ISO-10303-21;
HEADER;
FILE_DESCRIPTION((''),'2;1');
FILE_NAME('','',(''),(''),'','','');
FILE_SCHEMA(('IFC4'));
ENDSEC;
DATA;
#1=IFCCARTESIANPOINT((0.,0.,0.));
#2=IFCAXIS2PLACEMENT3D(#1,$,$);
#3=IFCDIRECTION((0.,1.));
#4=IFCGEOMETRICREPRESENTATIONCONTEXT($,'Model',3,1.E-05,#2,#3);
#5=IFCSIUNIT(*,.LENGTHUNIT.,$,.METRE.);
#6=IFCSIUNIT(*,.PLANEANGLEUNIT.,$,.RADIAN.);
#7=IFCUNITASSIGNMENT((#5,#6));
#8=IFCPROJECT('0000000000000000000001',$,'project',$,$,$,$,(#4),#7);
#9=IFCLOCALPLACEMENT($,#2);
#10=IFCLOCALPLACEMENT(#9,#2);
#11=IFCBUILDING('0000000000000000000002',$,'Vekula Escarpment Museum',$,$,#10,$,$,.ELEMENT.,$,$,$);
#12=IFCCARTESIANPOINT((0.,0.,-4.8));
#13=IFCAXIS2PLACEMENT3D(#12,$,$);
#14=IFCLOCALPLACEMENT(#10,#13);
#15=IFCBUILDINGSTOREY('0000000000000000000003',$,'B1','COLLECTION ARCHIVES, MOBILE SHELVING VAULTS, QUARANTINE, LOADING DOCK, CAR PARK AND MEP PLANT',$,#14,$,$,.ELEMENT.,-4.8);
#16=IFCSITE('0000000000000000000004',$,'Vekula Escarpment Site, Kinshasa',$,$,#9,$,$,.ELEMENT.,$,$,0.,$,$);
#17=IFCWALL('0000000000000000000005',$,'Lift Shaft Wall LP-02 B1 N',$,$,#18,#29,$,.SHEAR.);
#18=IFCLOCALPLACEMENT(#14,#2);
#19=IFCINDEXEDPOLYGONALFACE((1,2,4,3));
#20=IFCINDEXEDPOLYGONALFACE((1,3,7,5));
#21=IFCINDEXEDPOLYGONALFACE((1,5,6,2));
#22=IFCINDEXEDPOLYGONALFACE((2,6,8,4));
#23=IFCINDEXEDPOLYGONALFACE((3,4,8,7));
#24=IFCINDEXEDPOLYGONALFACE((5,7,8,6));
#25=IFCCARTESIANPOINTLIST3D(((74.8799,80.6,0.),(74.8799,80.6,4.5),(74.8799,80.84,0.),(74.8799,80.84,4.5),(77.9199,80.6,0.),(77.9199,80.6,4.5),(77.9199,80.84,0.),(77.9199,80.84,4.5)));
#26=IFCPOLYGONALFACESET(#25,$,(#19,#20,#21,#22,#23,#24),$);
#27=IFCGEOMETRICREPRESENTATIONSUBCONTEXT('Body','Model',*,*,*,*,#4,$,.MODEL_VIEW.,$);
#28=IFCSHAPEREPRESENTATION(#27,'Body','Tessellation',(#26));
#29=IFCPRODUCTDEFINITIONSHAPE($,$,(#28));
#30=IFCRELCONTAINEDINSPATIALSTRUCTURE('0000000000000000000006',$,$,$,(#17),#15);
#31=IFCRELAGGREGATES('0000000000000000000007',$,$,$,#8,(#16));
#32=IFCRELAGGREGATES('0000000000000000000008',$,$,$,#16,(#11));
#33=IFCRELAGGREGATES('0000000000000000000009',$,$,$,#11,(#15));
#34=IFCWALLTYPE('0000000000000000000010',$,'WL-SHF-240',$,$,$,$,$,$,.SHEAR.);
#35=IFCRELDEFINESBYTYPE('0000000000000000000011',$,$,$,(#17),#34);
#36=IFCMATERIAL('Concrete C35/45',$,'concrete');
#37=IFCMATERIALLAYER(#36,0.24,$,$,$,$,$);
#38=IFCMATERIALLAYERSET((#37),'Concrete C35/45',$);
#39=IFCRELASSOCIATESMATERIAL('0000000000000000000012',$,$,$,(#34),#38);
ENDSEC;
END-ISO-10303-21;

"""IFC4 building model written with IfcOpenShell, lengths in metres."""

from ifc_helpers import new_model, si_unit, direction, frame, frame_2d, origin, place, context, subcontext, project, spatial, rectangle, extrude, material, layer, layer_set, type_object, element, save


model = new_model("IFC4")

# Units and contexts
model_context = context("Model", 3, precision=1e-05, world=origin(), true_north=direction((0.0, 1.0)))
body_context = subcontext(model_context, "Body", "Model", "MODEL_VIEW")
ifc_project = project(units=[si_unit("LENGTHUNIT", "METRE"), si_unit("PLANEANGLEUNIT", "RADIAN")], contexts=[model_context])

# Site, building, storey
site_placement = place(None, origin())
site = spatial("IfcSite", under=ifc_project, at=site_placement, Name="Vekula Escarpment Site, Kinshasa", CompositionType="ELEMENT", RefElevation=0.0)
building_placement = place(site_placement, origin())
building = spatial("IfcBuilding", under=site, at=building_placement, Name="Vekula Escarpment Museum", CompositionType="ELEMENT")
storey_placement = place(building_placement, frame((0.0, 0.0, -4.8)))
storey = spatial("IfcBuildingStorey", under=building, at=storey_placement, Name="B1", Description="COLLECTION ARCHIVES, MOBILE SHELVING VAULTS, QUARANTINE, LOADING DOCK, CAR PARK AND MEP PLANT", CompositionType="ELEMENT", Elevation=-4.8)

# Wall
ifc_material_1 = material(Name="Concrete C35/45", Category="concrete")
ifc_layer_1 = layer(ifc_material_1, 0.24)
ifc_layer_set_1 = layer_set([ifc_layer_1], Name="Concrete C35/45")
wall_type_1 = type_object("IfcWallType", Name="WL-SHF-240", PredefinedType="SHEAR", material=ifc_layer_set_1)
for number, where, z_axis, x_axis, name in (
    (1, (74.8799, 80.72, 0.0), (0.0, 0.0, 1.0), (1.0, 0.0, 0.0), "Lift Shaft Wall LP-02 B1 N"),
):
    element("IfcWall", number, at=place(storey_placement, frame(where, z_axis=z_axis, x_axis=x_axis)), inside=storey, type_object=wall_type_1, Name=name, PredefinedType="SHEAR", context=body_context, shape_type="SweptSolid", body=[
        extrude(rectangle(XDim=3.04, YDim=0.24, at=frame_2d((1.52, 0.0))), origin(), (0.0, 0.0, 1.0), 4.5),
    ])

save(model, "model.ifc")
